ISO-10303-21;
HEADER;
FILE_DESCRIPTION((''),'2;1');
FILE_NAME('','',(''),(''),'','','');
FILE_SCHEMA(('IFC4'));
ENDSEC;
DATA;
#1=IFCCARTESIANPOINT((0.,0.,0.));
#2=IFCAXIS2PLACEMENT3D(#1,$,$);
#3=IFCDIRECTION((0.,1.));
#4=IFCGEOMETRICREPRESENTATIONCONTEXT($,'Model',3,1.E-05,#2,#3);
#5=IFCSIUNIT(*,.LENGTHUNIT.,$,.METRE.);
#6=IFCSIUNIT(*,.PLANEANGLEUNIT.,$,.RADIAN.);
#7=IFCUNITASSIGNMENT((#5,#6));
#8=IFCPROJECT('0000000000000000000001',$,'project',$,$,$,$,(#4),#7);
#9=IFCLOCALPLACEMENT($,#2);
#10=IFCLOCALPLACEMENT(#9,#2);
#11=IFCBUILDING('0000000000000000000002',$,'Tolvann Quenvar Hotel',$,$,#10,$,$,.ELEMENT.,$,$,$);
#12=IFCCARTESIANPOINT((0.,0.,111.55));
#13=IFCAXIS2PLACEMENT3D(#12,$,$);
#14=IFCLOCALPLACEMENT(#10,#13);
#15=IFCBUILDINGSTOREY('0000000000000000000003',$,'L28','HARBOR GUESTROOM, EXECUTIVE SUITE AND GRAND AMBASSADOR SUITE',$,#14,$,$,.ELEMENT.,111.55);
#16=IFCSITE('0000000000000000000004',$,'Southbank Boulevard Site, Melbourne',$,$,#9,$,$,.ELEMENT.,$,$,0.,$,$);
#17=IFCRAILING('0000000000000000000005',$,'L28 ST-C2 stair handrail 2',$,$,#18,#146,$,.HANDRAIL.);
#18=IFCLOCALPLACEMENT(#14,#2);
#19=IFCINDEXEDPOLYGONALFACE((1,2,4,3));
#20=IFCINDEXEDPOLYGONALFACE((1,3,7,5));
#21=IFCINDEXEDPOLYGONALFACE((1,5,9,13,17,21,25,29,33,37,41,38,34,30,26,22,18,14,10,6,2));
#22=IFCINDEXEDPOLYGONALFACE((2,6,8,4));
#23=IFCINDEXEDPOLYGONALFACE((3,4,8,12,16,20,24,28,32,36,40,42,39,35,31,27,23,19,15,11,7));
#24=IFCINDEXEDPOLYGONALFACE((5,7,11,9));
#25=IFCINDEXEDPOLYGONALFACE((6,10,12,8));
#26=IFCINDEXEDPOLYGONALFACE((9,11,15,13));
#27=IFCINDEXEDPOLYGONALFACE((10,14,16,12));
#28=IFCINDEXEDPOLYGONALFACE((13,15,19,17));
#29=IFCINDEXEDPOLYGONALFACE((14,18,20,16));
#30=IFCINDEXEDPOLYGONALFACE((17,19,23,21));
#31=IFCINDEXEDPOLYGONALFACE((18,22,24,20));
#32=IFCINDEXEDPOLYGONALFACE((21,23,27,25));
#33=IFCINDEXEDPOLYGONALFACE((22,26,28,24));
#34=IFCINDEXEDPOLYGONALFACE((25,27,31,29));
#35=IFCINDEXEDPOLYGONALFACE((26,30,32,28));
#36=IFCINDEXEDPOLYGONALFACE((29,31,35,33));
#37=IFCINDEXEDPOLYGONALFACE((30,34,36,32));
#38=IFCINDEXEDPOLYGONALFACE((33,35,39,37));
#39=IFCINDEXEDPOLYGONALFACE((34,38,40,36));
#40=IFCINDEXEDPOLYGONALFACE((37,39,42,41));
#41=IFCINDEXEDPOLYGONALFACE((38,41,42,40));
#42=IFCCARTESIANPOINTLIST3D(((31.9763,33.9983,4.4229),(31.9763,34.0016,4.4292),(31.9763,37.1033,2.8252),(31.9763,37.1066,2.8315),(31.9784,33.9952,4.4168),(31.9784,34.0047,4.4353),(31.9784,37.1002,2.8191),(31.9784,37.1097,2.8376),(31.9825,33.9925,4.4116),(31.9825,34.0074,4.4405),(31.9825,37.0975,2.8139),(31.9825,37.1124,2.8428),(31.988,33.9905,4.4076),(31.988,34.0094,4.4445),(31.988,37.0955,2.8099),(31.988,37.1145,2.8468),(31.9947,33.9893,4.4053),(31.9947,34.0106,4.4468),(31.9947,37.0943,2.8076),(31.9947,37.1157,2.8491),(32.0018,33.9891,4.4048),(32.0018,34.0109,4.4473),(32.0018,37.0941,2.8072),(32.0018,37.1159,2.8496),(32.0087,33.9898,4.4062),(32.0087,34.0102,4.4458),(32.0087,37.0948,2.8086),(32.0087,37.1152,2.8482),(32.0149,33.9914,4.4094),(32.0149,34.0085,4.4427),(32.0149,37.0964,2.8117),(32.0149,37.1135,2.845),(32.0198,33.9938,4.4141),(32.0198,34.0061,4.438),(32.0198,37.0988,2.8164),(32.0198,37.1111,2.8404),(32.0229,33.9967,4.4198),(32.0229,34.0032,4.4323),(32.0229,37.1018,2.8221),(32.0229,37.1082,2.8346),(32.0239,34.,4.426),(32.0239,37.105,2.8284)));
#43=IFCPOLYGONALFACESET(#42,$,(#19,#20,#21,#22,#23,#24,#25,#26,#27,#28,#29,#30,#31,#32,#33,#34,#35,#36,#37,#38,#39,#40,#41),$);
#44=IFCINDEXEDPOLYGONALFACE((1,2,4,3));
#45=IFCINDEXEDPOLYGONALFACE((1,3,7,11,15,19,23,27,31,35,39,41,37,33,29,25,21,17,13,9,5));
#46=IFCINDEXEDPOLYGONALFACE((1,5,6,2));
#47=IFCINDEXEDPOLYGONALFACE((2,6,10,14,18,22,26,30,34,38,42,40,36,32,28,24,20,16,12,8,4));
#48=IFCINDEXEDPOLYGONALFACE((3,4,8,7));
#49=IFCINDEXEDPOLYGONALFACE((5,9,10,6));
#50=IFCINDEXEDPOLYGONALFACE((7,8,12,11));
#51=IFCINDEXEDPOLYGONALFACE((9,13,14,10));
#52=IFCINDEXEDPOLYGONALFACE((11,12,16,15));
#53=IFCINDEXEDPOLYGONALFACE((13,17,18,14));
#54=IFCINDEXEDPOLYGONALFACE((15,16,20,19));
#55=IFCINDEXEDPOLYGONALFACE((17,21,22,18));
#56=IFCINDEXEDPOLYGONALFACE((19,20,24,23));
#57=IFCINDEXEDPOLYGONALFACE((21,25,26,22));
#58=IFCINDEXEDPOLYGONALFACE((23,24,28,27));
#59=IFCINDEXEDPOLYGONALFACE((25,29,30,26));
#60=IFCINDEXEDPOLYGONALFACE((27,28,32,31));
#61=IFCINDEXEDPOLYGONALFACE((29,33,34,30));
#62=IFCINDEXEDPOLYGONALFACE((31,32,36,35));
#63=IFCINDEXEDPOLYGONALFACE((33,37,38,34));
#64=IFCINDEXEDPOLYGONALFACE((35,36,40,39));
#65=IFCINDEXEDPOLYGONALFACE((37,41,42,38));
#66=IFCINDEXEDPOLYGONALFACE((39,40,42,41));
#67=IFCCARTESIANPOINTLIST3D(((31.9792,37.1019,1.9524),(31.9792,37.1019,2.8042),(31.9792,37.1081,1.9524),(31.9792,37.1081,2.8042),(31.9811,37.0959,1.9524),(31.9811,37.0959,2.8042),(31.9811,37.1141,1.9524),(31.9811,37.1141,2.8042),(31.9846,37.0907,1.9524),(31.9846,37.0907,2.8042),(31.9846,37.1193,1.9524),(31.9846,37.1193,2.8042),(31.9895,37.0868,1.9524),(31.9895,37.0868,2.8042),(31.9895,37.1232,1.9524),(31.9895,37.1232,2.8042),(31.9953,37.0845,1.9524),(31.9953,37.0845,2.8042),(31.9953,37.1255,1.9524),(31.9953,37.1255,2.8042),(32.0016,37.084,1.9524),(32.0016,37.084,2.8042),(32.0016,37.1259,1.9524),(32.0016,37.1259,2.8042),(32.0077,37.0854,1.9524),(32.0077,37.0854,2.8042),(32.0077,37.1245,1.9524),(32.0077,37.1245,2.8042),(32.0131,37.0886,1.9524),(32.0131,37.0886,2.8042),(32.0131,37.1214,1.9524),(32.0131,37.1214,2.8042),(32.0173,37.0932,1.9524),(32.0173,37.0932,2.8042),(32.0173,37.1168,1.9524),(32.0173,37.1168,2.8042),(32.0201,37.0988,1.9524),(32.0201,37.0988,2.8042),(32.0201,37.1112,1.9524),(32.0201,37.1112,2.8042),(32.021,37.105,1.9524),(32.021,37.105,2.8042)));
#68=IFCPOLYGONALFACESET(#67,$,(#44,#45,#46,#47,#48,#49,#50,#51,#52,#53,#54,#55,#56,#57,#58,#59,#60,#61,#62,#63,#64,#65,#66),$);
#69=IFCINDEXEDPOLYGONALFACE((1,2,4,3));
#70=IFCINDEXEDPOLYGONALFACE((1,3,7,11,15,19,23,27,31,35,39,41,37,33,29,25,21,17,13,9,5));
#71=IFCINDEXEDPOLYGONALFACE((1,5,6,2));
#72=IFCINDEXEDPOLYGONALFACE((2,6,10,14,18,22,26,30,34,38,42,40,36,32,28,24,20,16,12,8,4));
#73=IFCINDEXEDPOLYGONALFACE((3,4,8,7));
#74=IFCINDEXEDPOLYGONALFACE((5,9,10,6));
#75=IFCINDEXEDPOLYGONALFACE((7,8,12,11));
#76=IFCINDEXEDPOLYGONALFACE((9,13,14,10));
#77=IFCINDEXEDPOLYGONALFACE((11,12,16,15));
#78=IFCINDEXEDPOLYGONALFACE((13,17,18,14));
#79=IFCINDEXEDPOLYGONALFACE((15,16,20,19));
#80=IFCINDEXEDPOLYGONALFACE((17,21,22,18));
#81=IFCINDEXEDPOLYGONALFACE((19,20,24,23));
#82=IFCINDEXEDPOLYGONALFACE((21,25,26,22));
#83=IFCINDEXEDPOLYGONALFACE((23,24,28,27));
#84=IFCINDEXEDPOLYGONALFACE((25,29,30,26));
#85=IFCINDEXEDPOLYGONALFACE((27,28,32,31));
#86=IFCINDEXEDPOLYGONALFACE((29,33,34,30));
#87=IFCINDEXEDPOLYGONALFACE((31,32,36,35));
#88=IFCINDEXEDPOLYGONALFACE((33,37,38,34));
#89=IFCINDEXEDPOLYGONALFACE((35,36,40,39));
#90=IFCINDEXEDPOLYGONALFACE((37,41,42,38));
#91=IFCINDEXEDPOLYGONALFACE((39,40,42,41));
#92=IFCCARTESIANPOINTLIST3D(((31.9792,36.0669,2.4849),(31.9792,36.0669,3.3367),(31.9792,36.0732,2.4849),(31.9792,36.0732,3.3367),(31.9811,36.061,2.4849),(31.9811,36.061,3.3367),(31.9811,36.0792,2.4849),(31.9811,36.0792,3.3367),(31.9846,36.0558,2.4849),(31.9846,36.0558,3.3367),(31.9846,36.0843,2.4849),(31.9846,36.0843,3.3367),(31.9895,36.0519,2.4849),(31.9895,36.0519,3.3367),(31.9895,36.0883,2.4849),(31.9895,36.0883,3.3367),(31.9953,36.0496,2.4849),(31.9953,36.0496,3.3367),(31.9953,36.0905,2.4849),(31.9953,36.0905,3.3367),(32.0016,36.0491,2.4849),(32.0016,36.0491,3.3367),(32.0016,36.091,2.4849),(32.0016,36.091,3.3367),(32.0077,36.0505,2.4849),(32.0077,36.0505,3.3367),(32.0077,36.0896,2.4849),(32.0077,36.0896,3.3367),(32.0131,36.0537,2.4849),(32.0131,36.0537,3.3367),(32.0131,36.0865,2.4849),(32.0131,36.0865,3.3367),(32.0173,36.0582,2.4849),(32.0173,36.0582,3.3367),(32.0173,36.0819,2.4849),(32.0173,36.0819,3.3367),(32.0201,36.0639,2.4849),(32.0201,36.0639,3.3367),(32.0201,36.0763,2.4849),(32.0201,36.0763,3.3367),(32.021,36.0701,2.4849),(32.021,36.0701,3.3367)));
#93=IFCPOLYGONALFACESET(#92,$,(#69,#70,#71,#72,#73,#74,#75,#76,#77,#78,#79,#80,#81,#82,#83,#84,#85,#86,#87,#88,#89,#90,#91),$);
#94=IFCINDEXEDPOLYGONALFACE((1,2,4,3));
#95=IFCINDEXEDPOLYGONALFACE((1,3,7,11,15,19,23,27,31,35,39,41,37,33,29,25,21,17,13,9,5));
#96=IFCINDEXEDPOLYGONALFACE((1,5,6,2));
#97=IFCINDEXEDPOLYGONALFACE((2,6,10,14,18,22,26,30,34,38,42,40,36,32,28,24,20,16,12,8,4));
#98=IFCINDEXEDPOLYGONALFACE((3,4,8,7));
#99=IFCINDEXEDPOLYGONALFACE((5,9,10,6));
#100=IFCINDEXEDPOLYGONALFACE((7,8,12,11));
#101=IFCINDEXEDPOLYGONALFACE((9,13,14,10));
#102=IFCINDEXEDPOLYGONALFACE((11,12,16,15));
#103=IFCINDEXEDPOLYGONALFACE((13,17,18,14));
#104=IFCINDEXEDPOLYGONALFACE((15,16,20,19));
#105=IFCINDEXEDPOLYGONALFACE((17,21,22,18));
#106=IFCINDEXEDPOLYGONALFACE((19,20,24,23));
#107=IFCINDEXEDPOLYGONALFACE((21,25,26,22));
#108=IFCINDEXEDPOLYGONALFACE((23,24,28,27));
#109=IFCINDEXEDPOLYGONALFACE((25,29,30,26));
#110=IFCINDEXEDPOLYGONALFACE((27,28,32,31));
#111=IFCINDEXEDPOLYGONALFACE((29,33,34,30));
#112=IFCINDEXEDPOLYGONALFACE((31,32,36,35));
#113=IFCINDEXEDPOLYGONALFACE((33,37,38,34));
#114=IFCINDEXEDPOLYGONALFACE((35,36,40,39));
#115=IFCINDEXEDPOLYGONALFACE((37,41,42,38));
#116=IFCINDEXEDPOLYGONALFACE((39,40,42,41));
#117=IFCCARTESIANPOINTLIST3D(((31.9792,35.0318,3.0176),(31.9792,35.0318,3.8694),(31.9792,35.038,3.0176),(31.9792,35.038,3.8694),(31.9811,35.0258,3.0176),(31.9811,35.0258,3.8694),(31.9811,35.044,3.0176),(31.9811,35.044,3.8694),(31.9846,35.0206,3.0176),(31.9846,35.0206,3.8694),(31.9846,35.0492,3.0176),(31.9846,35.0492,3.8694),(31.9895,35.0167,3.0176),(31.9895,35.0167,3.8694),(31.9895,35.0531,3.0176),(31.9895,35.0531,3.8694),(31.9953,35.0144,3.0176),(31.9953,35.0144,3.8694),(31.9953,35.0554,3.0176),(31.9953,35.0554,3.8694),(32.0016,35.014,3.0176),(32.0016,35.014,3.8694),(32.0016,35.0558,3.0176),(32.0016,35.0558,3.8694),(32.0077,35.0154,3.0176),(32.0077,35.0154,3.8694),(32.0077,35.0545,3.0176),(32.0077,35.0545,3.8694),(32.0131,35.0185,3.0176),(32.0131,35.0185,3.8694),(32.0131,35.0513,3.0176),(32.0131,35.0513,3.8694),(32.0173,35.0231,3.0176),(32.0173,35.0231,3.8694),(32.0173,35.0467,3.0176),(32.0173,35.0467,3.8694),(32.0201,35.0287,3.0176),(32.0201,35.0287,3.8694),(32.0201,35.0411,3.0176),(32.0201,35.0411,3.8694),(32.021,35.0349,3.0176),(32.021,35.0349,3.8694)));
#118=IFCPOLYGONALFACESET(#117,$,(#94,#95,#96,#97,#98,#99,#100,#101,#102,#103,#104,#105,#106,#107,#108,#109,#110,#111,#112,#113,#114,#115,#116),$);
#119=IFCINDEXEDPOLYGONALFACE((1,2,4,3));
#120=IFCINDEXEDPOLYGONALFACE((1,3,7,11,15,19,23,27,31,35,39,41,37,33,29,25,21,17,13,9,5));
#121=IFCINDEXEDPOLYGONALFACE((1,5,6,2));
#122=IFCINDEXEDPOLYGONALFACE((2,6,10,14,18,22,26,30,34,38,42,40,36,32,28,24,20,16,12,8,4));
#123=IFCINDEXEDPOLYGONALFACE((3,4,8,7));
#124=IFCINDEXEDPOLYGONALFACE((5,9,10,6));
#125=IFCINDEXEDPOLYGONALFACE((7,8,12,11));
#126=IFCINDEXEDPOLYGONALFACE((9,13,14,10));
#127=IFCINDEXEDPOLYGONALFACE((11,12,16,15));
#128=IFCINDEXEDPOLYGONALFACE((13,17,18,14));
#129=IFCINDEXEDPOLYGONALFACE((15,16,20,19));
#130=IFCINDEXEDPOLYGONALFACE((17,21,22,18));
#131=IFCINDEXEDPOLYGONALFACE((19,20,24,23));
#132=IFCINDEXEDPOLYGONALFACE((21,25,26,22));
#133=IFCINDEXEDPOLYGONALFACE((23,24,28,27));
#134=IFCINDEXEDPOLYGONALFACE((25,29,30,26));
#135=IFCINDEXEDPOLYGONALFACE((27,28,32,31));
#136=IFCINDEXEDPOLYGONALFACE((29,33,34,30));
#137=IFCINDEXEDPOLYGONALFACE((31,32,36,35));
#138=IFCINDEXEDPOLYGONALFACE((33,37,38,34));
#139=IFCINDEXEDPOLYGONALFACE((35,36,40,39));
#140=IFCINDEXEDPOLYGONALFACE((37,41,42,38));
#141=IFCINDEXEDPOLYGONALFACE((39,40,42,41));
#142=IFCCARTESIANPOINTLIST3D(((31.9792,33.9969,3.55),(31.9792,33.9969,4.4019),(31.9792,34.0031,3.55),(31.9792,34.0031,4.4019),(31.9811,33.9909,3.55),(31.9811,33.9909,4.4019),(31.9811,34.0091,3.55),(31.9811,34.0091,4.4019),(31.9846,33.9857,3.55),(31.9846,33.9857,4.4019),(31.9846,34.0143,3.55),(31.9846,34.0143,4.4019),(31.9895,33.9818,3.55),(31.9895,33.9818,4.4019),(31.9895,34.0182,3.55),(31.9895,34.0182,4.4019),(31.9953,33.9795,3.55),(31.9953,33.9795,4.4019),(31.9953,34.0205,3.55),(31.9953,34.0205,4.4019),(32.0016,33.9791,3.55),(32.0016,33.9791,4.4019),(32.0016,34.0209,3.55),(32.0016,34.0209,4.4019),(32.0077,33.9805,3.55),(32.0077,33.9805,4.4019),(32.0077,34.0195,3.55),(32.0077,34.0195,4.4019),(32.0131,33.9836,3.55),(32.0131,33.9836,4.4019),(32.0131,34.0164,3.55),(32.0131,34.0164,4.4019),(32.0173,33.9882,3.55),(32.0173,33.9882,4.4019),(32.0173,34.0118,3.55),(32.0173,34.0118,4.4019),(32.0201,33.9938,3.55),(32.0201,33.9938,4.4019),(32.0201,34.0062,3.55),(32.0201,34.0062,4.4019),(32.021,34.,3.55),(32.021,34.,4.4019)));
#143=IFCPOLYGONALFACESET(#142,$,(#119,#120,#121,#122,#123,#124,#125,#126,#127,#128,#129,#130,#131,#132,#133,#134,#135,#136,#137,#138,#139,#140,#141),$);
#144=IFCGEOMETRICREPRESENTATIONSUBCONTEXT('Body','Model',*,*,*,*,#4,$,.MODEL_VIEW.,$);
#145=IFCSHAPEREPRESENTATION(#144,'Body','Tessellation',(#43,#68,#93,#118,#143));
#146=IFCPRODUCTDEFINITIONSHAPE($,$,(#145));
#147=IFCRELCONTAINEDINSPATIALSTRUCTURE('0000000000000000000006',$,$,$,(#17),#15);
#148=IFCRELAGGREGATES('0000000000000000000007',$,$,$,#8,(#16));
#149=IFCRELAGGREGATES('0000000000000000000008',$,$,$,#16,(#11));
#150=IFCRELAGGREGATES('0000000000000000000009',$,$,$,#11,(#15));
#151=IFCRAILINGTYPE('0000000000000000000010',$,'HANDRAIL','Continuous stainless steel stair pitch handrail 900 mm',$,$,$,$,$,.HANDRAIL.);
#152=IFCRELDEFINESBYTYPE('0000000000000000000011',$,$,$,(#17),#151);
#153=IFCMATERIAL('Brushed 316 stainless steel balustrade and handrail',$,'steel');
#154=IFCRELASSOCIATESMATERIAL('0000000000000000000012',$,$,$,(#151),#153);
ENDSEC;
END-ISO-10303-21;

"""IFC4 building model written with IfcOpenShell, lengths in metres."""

from ifc_helpers import new_model, si_unit, direction, frame, origin, origin_2d, place, context, subcontext, project, spatial, circle, extrude, material, type_object, element, save


model = new_model("IFC4")

# Units and contexts
model_context = context("Model", 3, precision=1e-05, world=origin(), true_north=direction((0.0, 1.0)))
body_context = subcontext(model_context, "Body", "Model", "MODEL_VIEW")
ifc_project = project(units=[si_unit("LENGTHUNIT", "METRE"), si_unit("PLANEANGLEUNIT", "RADIAN")], contexts=[model_context])

# Site, building, storey
site_placement = place(None, origin())
site = spatial("IfcSite", under=ifc_project, at=site_placement, Name="Southbank Boulevard Site, Melbourne", CompositionType="ELEMENT", RefElevation=0.0)
building_placement = place(site_placement, origin())
building = spatial("IfcBuilding", under=site, at=building_placement, Name="Tolvann Quenvar Hotel", CompositionType="ELEMENT")
storey_placement = place(building_placement, frame((0.0, 0.0, 111.55)))
storey = spatial("IfcBuildingStorey", under=building, at=storey_placement, Name="L28", Description="HARBOR GUESTROOM, EXECUTIVE SUITE AND GRAND AMBASSADOR SUITE", CompositionType="ELEMENT", Elevation=111.55)

# Railing
ifc_material_1 = material(Name="Brushed 316 stainless steel balustrade and handrail", Category="steel")
railing_type_1 = type_object("IfcRailingType", Name="HANDRAIL", Description="Continuous stainless steel stair pitch handrail 900 mm", PredefinedType="HANDRAIL", material=ifc_material_1)
railing_1_placement = place(storey_placement, frame((32.0, 37.105, 1.9524)))
element("IfcRailing", 1, at=railing_1_placement, inside=storey, type_object=railing_type_1, Name="L28 ST-C2 stair handrail 2", PredefinedType="HANDRAIL", context=body_context, shape_type="SweptSolid", body=[
    extrude(circle(Radius=0.0239, at=origin_2d()), frame((0.0, 0.0, 0.876), z_axis=(0.0, -0.889194, 0.457531), x_axis=(1.0, 0.0, 0.0)), (0.0, 0.0, 1.0), 3.4919),
    extrude(circle(Radius=0.021, at=origin_2d()), origin(), (0.0, 0.0, 1.0), 0.8518),
    extrude(circle(Radius=0.021, at=origin_2d()), frame((0.0, -1.0349, 0.5325)), (0.0, 0.0, 1.0), 0.8518),
    extrude(circle(Radius=0.021, at=origin_2d()), frame((0.0, -2.0701, 1.0652)), (0.0, 0.0, 1.0), 0.8518),
    extrude(circle(Radius=0.021, at=origin_2d()), frame((0.0, -3.105, 1.5977)), (0.0, 0.0, 1.0), 0.8518),
])

save(model, "model.ifc")
